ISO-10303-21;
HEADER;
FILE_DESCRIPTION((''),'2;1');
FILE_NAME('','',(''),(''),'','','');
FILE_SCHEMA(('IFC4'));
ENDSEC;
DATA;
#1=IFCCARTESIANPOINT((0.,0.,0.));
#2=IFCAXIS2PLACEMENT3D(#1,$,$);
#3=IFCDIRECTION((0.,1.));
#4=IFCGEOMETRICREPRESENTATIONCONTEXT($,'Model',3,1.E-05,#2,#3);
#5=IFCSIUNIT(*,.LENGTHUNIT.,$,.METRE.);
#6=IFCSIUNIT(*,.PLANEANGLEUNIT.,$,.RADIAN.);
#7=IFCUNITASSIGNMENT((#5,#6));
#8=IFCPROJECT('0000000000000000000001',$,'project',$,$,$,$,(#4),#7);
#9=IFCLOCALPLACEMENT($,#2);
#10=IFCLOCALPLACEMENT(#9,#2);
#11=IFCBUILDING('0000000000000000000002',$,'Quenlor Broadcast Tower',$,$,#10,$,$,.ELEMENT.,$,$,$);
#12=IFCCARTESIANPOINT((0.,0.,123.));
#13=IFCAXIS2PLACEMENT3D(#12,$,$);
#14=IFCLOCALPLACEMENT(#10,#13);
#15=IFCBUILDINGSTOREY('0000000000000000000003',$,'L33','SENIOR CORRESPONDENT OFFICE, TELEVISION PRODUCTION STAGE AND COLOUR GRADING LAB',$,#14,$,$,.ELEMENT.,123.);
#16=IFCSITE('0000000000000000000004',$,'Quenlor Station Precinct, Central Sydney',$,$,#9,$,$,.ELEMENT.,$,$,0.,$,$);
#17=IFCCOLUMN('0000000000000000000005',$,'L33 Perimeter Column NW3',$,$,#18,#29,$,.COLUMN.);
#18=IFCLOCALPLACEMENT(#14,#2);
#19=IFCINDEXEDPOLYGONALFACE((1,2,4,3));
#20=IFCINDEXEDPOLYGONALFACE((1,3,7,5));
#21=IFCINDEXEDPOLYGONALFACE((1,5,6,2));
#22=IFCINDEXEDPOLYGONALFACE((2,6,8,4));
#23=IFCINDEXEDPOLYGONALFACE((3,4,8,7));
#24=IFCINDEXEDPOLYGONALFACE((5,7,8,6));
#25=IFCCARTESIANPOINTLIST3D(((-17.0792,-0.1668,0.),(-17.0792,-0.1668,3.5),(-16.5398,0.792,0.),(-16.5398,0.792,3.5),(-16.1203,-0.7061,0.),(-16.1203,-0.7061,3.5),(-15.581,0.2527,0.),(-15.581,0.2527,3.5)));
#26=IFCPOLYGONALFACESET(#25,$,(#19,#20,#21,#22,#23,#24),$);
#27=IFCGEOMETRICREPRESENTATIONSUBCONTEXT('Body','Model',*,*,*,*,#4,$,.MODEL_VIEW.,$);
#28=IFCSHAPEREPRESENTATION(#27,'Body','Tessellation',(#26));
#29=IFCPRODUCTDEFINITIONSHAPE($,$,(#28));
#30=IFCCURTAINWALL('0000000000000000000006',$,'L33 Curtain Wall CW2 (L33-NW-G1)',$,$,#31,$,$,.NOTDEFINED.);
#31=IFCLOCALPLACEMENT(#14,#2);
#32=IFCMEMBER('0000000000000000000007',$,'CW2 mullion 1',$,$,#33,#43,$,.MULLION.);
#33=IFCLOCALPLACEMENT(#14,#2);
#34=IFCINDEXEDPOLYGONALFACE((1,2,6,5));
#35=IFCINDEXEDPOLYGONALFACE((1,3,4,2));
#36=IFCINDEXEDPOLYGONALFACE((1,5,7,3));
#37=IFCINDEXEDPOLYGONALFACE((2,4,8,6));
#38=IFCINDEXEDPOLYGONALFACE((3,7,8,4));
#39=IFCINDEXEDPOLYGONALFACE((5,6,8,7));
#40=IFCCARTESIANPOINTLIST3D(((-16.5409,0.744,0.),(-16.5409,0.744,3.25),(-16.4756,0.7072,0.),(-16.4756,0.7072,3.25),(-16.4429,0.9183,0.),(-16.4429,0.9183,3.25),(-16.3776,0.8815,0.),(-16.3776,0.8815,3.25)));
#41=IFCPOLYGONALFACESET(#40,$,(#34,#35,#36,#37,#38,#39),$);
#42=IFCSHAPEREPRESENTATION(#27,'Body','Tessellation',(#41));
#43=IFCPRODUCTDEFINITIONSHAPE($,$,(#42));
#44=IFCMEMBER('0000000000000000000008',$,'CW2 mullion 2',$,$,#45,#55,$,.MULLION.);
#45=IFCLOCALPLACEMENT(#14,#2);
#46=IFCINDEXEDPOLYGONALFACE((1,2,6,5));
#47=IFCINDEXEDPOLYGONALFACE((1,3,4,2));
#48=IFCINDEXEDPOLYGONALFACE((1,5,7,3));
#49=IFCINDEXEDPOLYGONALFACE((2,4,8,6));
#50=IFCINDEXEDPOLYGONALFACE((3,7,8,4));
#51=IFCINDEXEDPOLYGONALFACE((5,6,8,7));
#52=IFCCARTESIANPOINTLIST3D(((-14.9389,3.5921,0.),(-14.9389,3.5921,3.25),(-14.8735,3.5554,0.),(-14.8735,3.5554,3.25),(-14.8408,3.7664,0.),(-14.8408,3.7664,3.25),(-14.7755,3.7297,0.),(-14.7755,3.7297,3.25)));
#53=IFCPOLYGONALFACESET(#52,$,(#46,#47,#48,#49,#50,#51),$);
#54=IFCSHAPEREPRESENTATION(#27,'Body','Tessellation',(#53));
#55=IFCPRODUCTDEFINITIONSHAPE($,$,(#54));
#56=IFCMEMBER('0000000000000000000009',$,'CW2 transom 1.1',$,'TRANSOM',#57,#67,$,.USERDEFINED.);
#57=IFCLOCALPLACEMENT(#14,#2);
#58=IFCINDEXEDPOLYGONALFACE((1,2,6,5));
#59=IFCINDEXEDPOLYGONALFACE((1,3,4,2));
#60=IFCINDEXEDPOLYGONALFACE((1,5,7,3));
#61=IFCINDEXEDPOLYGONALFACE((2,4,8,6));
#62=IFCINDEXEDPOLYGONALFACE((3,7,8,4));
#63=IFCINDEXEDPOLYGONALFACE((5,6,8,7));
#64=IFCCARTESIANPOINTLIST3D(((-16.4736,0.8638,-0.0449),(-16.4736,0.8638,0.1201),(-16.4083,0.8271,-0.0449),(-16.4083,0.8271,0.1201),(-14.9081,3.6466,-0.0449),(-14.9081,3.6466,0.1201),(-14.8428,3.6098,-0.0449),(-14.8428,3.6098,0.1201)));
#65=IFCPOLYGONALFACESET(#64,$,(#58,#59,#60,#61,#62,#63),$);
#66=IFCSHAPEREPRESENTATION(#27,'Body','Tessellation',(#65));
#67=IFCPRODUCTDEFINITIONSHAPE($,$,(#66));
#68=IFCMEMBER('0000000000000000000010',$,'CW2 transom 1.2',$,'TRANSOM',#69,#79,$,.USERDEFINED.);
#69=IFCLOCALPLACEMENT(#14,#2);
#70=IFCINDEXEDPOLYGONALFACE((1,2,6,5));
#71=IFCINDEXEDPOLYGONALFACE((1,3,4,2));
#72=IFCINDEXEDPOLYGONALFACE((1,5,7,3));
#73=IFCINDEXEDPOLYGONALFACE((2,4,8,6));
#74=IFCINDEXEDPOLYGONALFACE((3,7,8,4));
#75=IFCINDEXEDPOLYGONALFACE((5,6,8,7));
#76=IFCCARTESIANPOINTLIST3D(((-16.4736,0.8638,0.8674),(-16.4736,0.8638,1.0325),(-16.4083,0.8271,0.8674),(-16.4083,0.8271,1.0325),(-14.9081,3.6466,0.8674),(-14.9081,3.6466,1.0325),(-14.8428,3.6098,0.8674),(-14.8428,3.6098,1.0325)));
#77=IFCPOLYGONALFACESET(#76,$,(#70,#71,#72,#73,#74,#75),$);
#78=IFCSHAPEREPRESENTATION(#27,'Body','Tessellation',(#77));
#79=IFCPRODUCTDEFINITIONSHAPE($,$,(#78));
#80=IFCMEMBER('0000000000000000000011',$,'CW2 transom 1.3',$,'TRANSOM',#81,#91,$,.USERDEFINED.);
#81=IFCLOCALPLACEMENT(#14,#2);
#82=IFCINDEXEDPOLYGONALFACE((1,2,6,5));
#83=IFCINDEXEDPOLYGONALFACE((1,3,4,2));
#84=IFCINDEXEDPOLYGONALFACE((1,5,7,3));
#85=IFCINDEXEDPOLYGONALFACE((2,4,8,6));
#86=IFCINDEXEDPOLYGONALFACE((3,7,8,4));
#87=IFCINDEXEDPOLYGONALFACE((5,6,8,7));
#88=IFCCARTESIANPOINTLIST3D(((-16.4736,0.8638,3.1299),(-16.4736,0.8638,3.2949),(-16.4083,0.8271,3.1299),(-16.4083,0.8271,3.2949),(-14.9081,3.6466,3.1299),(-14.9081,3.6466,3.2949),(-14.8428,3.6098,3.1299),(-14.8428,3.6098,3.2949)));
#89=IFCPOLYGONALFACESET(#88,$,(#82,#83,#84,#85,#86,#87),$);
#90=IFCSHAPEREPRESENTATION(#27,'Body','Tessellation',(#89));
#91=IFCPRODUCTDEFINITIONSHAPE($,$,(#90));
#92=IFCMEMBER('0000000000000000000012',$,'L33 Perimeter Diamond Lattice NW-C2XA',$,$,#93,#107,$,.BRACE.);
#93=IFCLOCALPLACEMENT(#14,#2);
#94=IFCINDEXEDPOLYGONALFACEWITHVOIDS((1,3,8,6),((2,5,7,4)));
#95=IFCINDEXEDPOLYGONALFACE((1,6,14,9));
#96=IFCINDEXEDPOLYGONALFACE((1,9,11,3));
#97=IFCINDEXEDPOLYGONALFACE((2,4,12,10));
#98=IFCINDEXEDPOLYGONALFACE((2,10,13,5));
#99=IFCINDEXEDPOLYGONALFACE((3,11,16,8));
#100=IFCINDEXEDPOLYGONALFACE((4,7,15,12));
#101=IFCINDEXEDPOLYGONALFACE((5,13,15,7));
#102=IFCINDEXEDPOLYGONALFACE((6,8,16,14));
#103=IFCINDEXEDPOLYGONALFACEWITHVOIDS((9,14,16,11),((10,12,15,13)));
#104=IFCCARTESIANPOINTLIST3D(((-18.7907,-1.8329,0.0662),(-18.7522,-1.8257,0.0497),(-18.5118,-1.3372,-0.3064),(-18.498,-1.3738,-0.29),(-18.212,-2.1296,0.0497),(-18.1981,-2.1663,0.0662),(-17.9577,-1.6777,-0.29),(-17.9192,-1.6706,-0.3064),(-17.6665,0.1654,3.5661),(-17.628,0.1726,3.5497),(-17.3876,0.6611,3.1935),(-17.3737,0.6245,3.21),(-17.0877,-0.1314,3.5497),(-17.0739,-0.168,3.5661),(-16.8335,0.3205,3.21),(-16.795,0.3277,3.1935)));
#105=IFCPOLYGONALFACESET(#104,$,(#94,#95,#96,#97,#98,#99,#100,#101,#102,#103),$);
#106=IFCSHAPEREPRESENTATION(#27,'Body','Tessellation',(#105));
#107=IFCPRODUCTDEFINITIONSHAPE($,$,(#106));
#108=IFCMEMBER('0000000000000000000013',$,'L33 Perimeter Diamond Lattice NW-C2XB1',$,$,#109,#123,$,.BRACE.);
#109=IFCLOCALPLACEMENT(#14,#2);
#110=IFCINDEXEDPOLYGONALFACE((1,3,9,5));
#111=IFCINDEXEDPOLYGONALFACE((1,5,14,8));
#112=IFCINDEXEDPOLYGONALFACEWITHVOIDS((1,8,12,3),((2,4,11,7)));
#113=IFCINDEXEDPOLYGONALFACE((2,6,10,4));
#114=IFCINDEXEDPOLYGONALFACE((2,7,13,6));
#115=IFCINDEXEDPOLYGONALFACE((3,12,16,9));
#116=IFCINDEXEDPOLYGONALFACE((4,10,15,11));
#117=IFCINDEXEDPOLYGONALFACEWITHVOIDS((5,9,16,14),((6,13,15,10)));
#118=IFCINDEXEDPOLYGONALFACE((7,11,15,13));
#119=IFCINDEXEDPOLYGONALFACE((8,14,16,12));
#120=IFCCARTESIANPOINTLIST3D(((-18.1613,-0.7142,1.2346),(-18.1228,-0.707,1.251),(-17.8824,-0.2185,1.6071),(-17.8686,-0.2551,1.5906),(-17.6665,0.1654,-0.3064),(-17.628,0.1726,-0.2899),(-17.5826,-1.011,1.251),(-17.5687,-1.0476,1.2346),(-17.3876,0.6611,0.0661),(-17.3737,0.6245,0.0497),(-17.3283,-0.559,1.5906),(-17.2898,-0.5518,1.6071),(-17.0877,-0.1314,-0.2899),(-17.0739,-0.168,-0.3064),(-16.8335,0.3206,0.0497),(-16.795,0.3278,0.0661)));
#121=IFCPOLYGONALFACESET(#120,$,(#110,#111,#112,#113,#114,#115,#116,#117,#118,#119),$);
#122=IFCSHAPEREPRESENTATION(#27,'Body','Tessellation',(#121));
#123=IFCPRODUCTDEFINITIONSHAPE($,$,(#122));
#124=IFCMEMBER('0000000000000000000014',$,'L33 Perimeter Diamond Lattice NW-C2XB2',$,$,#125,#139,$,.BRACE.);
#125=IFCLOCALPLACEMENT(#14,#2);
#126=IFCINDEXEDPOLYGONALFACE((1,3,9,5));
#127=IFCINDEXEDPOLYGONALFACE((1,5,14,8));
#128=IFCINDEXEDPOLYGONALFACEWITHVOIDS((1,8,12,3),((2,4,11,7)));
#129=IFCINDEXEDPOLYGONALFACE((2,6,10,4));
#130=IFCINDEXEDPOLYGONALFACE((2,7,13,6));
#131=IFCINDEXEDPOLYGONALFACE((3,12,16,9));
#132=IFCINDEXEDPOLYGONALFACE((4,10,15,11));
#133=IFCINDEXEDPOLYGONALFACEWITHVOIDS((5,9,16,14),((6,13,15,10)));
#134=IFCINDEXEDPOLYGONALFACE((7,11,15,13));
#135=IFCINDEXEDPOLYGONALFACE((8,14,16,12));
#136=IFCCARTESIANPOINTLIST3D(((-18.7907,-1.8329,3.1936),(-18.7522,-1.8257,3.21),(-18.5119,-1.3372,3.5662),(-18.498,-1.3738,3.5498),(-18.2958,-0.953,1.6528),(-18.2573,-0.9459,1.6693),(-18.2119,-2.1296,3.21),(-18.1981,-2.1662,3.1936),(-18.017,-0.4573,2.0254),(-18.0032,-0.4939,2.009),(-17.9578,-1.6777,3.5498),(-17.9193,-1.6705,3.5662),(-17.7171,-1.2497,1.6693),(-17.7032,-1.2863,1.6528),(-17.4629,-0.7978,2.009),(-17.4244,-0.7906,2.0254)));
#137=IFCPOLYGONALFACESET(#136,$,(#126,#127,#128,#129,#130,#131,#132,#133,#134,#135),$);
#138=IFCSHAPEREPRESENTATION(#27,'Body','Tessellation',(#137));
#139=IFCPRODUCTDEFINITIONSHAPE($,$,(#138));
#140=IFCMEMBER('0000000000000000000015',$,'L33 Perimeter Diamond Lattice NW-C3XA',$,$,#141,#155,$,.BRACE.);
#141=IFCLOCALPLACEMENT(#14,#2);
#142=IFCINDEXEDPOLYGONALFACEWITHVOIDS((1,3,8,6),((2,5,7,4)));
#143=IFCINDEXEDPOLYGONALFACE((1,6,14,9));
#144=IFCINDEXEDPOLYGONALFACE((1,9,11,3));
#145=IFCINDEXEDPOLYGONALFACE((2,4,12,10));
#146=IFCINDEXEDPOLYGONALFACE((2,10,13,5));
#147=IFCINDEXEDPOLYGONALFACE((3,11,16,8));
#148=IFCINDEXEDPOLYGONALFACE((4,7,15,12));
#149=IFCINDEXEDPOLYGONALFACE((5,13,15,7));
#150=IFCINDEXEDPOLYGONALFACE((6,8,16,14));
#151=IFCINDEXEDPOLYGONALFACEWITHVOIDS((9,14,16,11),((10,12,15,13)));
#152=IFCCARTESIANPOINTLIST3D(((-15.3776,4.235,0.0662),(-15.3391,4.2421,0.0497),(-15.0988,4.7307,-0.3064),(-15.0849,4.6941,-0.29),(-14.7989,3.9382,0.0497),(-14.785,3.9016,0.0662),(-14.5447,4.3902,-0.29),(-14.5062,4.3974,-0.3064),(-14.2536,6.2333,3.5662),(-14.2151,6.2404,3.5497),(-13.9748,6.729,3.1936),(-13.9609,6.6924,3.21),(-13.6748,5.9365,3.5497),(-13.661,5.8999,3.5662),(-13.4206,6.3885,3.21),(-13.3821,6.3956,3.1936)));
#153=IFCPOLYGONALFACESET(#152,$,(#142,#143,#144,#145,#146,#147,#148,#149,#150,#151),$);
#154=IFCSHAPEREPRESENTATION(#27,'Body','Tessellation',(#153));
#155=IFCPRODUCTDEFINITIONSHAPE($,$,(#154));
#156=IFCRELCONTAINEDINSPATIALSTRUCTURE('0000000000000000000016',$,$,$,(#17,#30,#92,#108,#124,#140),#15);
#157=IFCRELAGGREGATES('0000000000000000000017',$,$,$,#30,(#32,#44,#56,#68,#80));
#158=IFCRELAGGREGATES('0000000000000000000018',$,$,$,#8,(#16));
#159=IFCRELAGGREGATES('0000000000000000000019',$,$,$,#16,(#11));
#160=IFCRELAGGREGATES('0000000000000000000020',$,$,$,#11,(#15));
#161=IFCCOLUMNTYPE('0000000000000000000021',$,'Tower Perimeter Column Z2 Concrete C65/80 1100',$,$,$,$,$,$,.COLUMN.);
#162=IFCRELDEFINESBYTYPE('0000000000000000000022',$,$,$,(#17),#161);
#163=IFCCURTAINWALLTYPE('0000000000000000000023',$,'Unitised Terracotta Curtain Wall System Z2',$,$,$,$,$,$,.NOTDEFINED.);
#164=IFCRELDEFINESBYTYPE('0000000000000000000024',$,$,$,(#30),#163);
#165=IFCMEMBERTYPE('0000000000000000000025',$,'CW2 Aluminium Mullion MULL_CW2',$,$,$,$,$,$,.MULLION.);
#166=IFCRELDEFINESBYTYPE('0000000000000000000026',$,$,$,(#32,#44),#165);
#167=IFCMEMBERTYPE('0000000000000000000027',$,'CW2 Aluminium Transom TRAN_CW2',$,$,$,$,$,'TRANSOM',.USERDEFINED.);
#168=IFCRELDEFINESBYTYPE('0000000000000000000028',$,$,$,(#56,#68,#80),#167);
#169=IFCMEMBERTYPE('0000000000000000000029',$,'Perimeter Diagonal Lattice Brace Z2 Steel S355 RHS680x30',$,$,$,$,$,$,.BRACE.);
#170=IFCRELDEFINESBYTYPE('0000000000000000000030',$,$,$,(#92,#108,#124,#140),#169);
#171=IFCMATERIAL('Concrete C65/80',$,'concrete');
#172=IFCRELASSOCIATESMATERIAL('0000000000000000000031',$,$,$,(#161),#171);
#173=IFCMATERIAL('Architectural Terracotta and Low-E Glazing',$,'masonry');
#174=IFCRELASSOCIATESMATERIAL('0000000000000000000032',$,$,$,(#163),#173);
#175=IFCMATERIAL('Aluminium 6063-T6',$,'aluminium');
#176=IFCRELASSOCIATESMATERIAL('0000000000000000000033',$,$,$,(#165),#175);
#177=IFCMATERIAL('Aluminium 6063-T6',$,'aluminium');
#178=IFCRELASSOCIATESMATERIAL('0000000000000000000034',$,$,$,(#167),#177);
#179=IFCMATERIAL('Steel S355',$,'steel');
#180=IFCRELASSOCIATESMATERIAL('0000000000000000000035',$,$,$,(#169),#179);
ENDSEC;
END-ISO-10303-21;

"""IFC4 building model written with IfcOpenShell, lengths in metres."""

from ifc_helpers import new_model, si_unit, direction, frame, origin, origin_2d, place, context, subcontext, project, spatial, rectangle, hollow_rectangle, extrude, material, material_profile, profile_set, type_object, element, aggregate, save


model = new_model("IFC4")

# Units and contexts
model_context = context("Model", 3, precision=1e-05, world=origin(), true_north=direction((0.0, 1.0)))
body_context = subcontext(model_context, "Body", "Model", "MODEL_VIEW")
ifc_project = project(units=[si_unit("LENGTHUNIT", "METRE"), si_unit("PLANEANGLEUNIT", "RADIAN")], contexts=[model_context])

# Site, building, storey
site_placement = place(None, origin())
site = spatial("IfcSite", under=ifc_project, at=site_placement, Name="Quenlor Station Precinct, Central Sydney", CompositionType="ELEMENT", RefElevation=0.0)
building_placement = place(site_placement, origin())
building = spatial("IfcBuilding", under=site, at=building_placement, Name="Quenlor Broadcast Tower", CompositionType="ELEMENT")
storey_placement = place(building_placement, frame((0.0, 0.0, 123.0)))
storey = spatial("IfcBuildingStorey", under=building, at=storey_placement, Name="L33", Description="SENIOR CORRESPONDENT OFFICE, TELEVISION PRODUCTION STAGE AND COLOUR GRADING LAB", CompositionType="ELEMENT", Elevation=123.0)

# Column
ifc_material_1 = material(Name="Concrete C65/80", Category="concrete")
ifc_material_profile_1 = material_profile(ifc_material_1, rectangle(XDim=1.1001, YDim=1.1001, at=origin_2d()))
ifc_profile_set_1 = profile_set([ifc_material_profile_1], Name="Concrete C65/80 RC1100x1100")
column_type = type_object("IfcColumnType", Name="Tower Perimeter Column Z2 Concrete C65/80 1100", PredefinedType="COLUMN", material=ifc_profile_set_1)
column_placement = place(storey_placement, frame((-16.3301, 0.043, 0.0), z_axis=(0.0, 0.0, 1.0), x_axis=(-0.871575, 0.490262, 0.0)))
element("IfcColumn", 1, at=column_placement, inside=storey, type_object=column_type, Name="L33 Perimeter Column NW3", PredefinedType="COLUMN", context=body_context, shape_type="SweptSolid", body=[
    extrude(rectangle(XDim=1.1001, YDim=1.1001, at=origin_2d()), origin(), (0.0, 0.0, 1.0), 3.5),
])

# Curtain wall, members
ifc_material_2 = material(Name="Architectural Terracotta and Low-E Glazing", Category="masonry")
curtain_wall_type = type_object("IfcCurtainWallType", Name="Unitised Terracotta Curtain Wall System Z2", PredefinedType="NOTDEFINED", material=ifc_material_2)
curtain_wall_placement = place(storey_placement, origin())
curtain_wall = element("IfcCurtainWall", 2, at=curtain_wall_placement, inside=storey, type_object=curtain_wall_type, Name="L33 Curtain Wall CW2 (L33-NW-G1)", PredefinedType="NOTDEFINED")
ifc_material_3 = material(Name="Aluminium 6063-T6", Category="aluminium")
ifc_material_profile_2 = material_profile(ifc_material_3, rectangle(XDim=0.075, YDim=0.2, at=origin_2d()))
ifc_profile_set_2 = profile_set([ifc_material_profile_2], Name="Aluminium 6063-T6 MULL75x200")
member_type_1 = type_object("IfcMemberType", Name="CW2 Aluminium Mullion MULL_CW2", PredefinedType="MULLION", material=ifc_profile_set_2)
member_1_placement = place(storey_placement, frame((-16.4592, 0.8127, 0.0), z_axis=(0.0, 0.0, 1.0), x_axis=(-0.871576, 0.490261, 0.0)))
member_1 = element("IfcMember", 3, at=member_1_placement, type_object=member_type_1, Name="CW2 mullion 1", PredefinedType="MULLION", context=body_context, shape_type="SweptSolid", body=[
    extrude(rectangle(XDim=0.075, YDim=0.2, at=origin_2d()), origin(), (0.0, 0.0, 1.0), 3.25),
])
member_2_placement = place(storey_placement, frame((-14.8572, 3.6609, 0.0), z_axis=(0.0, 0.0, 1.0), x_axis=(-0.871576, 0.490261, 0.0)))
member_2 = element("IfcMember", 4, at=member_2_placement, type_object=member_type_1, Name="CW2 mullion 2", PredefinedType="MULLION", context=body_context, shape_type="SweptSolid", body=[
    extrude(rectangle(XDim=0.075, YDim=0.2, at=origin_2d()), origin(), (0.0, 0.0, 1.0), 3.25),
])
ifc_material_4 = material(Name="Aluminium 6063-T6", Category="aluminium")
ifc_material_profile_3 = material_profile(ifc_material_4, rectangle(XDim=0.075, YDim=0.165, at=origin_2d()))
ifc_profile_set_3 = profile_set([ifc_material_profile_3], Name="Aluminium 6063-T6 TRAN75x165")
member_type_2 = type_object("IfcMemberType", Name="CW2 Aluminium Transom TRAN_CW2", ElementType="TRANSOM", PredefinedType="USERDEFINED", material=ifc_profile_set_3)
member_3_placement = place(storey_placement, frame((-16.4409, 0.8455, 0.0376), z_axis=(0.490298, 0.871555, 0.0), x_axis=(-0.871555, 0.490298, 0.0)))
member_3 = element("IfcMember", 5, at=member_3_placement, type_object=member_type_2, Name="CW2 transom 1.1", ObjectType="TRANSOM", PredefinedType="USERDEFINED", context=body_context, shape_type="SweptSolid", body=[
    extrude(rectangle(XDim=0.075, YDim=0.165, at=origin_2d()), origin(), (0.0, 0.0, 1.0), 3.1929),
])
member_4_placement = place(storey_placement, frame((-16.4409, 0.8455, 0.95), z_axis=(0.490298, 0.871555, 0.0), x_axis=(-0.871555, 0.490298, 0.0)))
member_4 = element("IfcMember", 6, at=member_4_placement, type_object=member_type_2, Name="CW2 transom 1.2", ObjectType="TRANSOM", PredefinedType="USERDEFINED", context=body_context, shape_type="SweptSolid", body=[
    extrude(rectangle(XDim=0.075, YDim=0.165, at=origin_2d()), origin(), (0.0, 0.0, 1.0), 3.1929),
])
member_5_placement = place(storey_placement, frame((-16.4409, 0.8455, 3.2124), z_axis=(0.490298, 0.871555, 0.0), x_axis=(-0.871555, 0.490298, 0.0)))
member_5 = element("IfcMember", 7, at=member_5_placement, type_object=member_type_2, Name="CW2 transom 1.3", ObjectType="TRANSOM", PredefinedType="USERDEFINED", context=body_context, shape_type="SweptSolid", body=[
    extrude(rectangle(XDim=0.075, YDim=0.165, at=origin_2d()), origin(), (0.0, 0.0, 1.0), 3.1929),
])

# Members
ifc_material_5 = material(Name="Steel S355", Category="steel")
ifc_material_profile_4 = material_profile(ifc_material_5, hollow_rectangle(XDim=0.6799, YDim=0.6799, WallThickness=0.03, at=origin_2d()))
ifc_profile_set_4 = profile_set([ifc_material_profile_4], Name="Steel S355 RHS680x680x30")
member_type_3 = type_object("IfcMemberType", Name="Perimeter Diagonal Lattice Brace Z2 Steel S355 RHS680x30", PredefinedType="BRACE", material=ifc_profile_set_4)
member_6_placement = place(storey_placement, frame((-18.355, -1.7517, -0.1201), z_axis=(0.268697, 0.477585, 0.836489), x_axis=(-0.871533, 0.490337, 0.0)))
element("IfcMember", 8, at=member_6_placement, inside=storey, type_object=member_type_3, Name="L33 Perimeter Diamond Lattice NW-C2XA", PredefinedType="BRACE", context=body_context, shape_type="SweptSolid", body=[
    extrude(hollow_rectangle(XDim=0.6799, YDim=0.6799, WallThickness=0.03, at=origin_2d()), origin(), (0.0, 0.0, 1.0), 4.1841),
])
for number, where, z_axis, x_axis, name in (
    (9, (-17.2307, 0.2466, -0.1201), (-0.268644, -0.477515, 0.836546), (0.871543, -0.490319, 0.0), "L33 Perimeter Diamond Lattice NW-C2XB1"),
    (10, (-17.8601, -0.8718, 1.8391), (-0.268657, -0.477671, 0.836454), (0.871601, -0.490215, 0.0), "L33 Perimeter Diamond Lattice NW-C2XB2"),
):
    element("IfcMember", number, at=place(storey_placement, frame(where, z_axis=z_axis, x_axis=x_axis)), inside=storey, type_object=member_type_3, Name=name, PredefinedType="BRACE", context=body_context, shape_type="SweptSolid", body=[
        extrude(hollow_rectangle(XDim=0.6799, YDim=0.6799, WallThickness=0.03, at=origin_2d()), origin(), (0.0, 0.0, 1.0), 1.842),
    ])
member_7_placement = place(storey_placement, frame((-14.9419, 4.3162, -0.1201), z_axis=(0.268642, 0.477593, 0.836502), x_axis=(-0.871578, 0.490256, 0.0)))
element("IfcMember", 11, at=member_7_placement, inside=storey, type_object=member_type_3, Name="L33 Perimeter Diamond Lattice NW-C3XA", PredefinedType="BRACE", context=body_context, shape_type="SweptSolid", body=[
    extrude(hollow_rectangle(XDim=0.6799, YDim=0.6799, WallThickness=0.03, at=origin_2d()), origin(), (0.0, 0.0, 1.0), 4.1841),
])

aggregate(curtain_wall, [member_1, member_2, member_3, member_4, member_5])

save(model, "model.ifc")
